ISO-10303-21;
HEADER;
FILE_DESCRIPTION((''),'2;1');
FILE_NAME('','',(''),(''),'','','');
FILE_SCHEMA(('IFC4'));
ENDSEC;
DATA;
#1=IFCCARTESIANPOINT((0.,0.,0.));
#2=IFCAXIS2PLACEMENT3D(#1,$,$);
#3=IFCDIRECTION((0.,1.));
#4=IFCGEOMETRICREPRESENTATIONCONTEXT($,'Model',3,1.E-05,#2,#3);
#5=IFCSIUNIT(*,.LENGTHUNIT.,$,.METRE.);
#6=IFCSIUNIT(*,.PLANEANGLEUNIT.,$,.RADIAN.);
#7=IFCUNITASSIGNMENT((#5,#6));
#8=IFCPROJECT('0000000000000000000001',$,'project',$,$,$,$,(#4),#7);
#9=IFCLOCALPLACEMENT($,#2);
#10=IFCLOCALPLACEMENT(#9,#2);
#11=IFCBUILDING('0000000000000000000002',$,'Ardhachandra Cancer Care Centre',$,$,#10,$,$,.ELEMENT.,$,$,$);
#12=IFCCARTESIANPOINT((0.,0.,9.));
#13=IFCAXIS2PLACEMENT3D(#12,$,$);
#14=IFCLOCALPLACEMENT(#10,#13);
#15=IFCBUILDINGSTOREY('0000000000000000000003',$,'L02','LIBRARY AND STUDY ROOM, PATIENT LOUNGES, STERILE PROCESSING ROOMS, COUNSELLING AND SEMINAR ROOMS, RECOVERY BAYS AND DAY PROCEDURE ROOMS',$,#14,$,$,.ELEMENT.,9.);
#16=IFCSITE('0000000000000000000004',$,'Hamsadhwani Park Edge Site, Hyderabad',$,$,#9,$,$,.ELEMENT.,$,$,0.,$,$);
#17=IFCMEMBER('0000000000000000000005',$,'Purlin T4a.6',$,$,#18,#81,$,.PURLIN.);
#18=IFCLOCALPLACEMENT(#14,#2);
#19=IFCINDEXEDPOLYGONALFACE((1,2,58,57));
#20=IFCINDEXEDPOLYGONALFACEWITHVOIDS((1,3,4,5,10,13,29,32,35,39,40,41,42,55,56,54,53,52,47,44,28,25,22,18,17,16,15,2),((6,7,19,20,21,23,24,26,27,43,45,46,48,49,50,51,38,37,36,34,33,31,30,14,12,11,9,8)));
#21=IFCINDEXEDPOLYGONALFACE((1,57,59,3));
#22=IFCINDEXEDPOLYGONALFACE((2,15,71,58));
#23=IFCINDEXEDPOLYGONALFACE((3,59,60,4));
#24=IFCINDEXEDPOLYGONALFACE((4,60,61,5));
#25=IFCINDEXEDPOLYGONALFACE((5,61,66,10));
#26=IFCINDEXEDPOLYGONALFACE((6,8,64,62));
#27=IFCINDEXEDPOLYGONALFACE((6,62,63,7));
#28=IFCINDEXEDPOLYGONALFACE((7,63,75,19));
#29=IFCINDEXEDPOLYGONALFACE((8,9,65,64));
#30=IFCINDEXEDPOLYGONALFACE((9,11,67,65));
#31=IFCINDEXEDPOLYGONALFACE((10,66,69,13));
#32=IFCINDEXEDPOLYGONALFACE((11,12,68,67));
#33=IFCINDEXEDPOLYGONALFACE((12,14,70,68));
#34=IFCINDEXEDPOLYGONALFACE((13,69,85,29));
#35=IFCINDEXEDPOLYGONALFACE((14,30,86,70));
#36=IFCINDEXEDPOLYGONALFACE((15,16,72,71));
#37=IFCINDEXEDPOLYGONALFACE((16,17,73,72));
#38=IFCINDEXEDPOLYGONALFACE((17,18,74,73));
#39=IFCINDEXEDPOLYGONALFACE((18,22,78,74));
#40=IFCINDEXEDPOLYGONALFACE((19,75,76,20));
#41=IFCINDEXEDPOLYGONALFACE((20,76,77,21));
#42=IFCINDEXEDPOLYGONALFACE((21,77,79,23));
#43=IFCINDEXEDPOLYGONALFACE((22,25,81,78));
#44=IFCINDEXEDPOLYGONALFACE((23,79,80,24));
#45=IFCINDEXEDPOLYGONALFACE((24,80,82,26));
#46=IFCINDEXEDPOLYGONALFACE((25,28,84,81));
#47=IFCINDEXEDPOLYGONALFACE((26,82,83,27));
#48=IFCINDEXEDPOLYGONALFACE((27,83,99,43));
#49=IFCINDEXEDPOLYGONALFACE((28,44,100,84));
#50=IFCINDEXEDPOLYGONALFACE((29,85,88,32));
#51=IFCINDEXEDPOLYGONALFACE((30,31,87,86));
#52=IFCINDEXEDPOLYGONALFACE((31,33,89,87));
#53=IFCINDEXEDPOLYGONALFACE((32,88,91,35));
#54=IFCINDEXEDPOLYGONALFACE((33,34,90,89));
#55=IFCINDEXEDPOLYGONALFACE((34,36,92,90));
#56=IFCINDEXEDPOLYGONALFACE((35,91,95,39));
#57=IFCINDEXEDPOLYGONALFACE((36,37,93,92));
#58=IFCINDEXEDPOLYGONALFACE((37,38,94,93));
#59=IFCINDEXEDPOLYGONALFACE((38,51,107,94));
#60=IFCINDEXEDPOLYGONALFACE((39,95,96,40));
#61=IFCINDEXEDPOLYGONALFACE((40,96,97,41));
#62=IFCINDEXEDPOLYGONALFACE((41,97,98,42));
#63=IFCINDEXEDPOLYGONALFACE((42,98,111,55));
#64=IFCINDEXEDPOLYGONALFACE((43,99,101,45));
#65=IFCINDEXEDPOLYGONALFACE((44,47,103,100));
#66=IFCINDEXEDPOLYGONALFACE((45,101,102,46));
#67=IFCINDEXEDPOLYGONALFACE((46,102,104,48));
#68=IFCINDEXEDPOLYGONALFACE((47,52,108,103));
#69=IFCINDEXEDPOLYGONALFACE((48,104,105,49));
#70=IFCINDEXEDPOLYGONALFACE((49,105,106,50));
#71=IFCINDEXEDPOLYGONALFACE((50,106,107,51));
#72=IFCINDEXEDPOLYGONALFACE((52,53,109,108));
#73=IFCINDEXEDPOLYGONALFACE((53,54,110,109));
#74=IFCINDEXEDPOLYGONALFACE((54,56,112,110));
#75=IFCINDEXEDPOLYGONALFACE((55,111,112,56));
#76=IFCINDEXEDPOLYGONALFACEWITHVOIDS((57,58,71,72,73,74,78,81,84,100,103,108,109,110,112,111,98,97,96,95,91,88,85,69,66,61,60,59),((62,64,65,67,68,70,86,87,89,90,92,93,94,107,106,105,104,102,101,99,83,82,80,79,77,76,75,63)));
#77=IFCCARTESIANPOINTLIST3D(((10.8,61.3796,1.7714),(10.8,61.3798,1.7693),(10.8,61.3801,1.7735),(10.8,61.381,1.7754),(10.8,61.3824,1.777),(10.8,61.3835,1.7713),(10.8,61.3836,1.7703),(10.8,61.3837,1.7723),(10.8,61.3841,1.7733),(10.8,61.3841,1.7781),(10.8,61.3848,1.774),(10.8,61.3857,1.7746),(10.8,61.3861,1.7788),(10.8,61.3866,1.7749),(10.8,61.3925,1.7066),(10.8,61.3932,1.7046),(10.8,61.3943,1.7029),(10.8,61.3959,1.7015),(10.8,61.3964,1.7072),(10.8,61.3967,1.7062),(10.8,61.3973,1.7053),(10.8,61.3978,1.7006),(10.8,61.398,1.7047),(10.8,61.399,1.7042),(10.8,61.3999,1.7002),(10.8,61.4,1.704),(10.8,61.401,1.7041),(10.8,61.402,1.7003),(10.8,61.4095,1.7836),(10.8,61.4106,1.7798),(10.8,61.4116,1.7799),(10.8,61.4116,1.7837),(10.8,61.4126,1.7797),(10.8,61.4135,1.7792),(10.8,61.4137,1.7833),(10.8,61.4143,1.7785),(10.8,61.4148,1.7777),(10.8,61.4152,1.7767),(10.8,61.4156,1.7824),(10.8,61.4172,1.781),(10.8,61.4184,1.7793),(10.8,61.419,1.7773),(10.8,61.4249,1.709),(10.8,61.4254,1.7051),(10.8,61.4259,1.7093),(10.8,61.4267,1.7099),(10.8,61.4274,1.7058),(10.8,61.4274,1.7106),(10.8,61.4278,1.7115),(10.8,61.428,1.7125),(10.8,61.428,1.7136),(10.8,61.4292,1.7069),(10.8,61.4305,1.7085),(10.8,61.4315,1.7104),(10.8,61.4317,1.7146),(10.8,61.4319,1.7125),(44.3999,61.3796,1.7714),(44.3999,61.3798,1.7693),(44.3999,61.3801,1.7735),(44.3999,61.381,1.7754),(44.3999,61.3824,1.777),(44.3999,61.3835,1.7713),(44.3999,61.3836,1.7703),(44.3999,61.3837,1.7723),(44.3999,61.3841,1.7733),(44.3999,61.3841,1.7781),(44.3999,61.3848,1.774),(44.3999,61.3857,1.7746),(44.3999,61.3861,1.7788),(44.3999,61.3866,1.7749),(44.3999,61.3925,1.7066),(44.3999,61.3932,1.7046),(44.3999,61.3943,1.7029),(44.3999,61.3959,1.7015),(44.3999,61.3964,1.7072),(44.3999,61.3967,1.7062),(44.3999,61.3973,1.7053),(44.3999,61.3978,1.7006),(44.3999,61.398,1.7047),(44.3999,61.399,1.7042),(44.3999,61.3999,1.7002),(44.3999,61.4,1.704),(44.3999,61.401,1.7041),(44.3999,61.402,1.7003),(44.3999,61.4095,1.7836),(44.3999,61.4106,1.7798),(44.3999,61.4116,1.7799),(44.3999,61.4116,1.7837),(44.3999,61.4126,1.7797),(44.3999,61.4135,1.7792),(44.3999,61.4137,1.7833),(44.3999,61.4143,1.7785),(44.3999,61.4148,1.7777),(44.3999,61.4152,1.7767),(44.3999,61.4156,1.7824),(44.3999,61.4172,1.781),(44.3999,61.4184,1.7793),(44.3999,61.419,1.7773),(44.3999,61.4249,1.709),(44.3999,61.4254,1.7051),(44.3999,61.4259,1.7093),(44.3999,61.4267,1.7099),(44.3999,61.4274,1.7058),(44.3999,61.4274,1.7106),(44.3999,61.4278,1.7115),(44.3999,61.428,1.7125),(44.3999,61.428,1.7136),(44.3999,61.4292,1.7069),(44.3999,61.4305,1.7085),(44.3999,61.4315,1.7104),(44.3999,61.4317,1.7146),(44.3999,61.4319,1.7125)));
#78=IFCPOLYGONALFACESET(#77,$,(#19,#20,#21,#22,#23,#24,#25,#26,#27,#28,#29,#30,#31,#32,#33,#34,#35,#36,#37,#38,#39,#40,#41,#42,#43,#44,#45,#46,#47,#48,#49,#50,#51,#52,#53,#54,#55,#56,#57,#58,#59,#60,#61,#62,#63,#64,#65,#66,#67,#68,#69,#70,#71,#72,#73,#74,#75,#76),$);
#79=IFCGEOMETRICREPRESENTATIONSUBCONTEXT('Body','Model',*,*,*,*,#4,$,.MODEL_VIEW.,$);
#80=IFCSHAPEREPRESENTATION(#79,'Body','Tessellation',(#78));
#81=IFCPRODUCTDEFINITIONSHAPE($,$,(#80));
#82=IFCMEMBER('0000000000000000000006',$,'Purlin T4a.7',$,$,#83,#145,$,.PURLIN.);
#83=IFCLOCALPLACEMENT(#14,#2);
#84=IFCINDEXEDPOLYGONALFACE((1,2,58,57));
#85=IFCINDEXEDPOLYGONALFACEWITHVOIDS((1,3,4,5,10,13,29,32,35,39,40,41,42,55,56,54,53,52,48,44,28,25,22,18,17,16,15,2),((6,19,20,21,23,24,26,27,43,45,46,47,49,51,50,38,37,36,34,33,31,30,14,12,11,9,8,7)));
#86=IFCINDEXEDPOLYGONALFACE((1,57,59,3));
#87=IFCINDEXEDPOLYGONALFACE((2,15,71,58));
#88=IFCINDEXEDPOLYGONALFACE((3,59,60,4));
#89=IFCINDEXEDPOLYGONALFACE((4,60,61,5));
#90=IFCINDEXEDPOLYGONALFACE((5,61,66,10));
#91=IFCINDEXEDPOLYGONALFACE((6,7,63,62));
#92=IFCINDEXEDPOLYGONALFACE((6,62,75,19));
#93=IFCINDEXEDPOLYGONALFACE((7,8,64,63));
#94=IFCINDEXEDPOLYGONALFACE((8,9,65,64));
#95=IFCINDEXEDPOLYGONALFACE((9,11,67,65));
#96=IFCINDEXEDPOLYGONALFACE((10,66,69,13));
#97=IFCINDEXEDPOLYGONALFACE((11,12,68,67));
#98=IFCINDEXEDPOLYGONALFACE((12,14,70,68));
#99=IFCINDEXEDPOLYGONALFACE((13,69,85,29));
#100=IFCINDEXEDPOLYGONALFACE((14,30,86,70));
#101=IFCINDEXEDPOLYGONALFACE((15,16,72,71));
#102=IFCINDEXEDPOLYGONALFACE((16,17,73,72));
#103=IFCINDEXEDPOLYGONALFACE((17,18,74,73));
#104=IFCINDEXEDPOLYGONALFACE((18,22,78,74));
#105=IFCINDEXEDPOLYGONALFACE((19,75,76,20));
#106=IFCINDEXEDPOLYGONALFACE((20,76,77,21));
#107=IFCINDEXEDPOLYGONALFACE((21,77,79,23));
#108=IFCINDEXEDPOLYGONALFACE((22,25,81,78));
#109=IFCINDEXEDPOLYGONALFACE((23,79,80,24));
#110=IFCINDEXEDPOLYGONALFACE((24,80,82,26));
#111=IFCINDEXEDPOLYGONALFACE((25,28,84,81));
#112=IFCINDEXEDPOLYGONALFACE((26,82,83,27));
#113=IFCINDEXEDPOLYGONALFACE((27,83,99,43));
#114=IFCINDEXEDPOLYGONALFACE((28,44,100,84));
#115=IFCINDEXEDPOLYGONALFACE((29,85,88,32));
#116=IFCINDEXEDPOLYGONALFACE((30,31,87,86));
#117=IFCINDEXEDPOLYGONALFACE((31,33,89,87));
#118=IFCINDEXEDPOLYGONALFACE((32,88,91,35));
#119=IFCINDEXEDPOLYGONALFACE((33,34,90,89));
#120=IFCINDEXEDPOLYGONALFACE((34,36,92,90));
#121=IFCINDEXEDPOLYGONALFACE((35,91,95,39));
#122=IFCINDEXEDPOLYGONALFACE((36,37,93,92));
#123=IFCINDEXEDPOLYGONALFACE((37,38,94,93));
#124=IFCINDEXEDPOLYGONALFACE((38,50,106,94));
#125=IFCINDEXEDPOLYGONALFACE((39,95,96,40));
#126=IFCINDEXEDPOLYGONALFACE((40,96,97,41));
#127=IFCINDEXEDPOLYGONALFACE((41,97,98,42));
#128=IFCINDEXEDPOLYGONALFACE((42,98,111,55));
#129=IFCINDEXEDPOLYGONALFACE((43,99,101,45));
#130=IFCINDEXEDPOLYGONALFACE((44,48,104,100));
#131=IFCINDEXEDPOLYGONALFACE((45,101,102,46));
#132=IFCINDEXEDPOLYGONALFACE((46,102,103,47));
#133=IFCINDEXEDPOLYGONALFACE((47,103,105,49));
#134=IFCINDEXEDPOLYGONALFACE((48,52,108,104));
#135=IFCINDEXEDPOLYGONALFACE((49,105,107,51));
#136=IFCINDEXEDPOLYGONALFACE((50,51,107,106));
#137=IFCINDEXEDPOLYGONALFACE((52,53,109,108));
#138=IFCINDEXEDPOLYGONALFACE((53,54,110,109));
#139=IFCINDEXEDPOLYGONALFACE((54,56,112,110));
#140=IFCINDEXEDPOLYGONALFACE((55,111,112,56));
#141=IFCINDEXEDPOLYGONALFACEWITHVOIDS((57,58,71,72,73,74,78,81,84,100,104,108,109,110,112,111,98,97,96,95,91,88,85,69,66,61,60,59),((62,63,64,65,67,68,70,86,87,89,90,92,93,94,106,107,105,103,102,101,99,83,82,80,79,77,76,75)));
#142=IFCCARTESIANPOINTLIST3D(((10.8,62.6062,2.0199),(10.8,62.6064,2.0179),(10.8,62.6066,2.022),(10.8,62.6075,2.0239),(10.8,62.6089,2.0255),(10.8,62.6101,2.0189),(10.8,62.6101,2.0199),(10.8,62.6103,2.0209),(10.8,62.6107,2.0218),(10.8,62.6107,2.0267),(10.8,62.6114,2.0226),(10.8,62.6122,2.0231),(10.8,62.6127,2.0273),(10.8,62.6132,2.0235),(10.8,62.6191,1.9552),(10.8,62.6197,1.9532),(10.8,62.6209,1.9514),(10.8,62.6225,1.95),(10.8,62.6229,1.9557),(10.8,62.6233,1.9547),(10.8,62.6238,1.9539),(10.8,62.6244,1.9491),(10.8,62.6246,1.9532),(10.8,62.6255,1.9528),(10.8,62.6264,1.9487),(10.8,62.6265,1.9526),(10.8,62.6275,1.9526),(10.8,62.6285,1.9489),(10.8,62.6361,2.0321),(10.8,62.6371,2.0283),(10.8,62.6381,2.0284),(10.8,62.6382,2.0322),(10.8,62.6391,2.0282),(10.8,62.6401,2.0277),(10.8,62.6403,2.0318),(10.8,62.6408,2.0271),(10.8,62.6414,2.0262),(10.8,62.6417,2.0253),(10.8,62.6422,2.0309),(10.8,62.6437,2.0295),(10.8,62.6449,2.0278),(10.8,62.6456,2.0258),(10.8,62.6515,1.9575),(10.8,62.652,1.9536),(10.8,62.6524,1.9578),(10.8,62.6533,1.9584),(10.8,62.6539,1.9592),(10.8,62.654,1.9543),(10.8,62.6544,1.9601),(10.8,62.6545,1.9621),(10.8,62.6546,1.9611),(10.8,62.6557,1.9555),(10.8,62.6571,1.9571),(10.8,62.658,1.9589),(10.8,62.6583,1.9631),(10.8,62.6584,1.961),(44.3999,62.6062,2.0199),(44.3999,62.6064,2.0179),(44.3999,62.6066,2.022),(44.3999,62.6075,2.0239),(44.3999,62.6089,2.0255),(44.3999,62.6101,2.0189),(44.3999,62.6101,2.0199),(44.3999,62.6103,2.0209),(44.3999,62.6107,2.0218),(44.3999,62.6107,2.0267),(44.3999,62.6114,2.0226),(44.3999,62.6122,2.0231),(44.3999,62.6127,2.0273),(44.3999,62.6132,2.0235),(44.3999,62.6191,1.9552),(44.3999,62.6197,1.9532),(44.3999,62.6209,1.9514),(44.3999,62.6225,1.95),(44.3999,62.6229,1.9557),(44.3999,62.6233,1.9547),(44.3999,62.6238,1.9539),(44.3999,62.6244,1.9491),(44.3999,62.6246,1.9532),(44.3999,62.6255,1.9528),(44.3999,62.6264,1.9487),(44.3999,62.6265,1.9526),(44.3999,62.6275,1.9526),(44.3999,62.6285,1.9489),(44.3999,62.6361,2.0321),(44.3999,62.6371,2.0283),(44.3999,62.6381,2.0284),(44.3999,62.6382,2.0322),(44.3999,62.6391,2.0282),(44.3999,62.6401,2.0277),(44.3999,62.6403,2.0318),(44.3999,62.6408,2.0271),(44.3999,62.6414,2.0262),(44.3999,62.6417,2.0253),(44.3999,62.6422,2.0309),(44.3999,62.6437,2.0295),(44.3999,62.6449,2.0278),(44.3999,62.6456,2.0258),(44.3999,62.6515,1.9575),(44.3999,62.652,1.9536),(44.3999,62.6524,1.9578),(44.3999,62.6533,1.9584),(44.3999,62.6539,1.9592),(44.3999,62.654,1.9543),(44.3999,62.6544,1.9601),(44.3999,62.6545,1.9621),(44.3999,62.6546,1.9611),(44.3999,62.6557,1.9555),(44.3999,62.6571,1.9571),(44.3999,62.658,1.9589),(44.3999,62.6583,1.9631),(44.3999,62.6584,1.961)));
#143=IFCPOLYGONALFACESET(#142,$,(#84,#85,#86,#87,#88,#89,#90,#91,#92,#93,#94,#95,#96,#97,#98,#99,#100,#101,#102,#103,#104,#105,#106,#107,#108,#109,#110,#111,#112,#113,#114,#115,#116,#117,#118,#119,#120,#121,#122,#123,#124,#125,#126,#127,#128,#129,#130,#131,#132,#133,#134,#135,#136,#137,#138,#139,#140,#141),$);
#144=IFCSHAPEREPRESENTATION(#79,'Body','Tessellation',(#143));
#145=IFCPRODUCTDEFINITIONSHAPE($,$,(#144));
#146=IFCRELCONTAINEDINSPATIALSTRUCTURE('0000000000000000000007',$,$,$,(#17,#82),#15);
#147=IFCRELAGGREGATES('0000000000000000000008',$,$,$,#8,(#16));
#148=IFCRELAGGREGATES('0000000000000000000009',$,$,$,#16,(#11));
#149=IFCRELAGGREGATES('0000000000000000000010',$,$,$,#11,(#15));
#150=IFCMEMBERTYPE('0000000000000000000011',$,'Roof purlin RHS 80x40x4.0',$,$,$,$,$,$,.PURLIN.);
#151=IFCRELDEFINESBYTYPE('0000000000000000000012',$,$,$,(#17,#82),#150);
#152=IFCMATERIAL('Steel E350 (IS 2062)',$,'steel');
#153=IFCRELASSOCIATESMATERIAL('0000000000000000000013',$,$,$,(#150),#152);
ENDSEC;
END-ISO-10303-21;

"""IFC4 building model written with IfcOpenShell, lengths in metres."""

from ifc_helpers import new_model, si_unit, direction, frame, origin, origin_2d, place, context, subcontext, project, spatial, hollow_rectangle, extrude, material, material_profile, profile_set, type_object, element, save


model = new_model("IFC4")

# Units and contexts
model_context = context("Model", 3, precision=1e-05, world=origin(), true_north=direction((0.0, 1.0)))
body_context = subcontext(model_context, "Body", "Model", "MODEL_VIEW")
ifc_project = project(units=[si_unit("LENGTHUNIT", "METRE"), si_unit("PLANEANGLEUNIT", "RADIAN")], contexts=[model_context])

# Site, building, storey
site_placement = place(None, origin())
site = spatial("IfcSite", under=ifc_project, at=site_placement, Name="Hamsadhwani Park Edge Site, Hyderabad", CompositionType="ELEMENT", RefElevation=0.0)
building_placement = place(site_placement, origin())
building = spatial("IfcBuilding", under=site, at=building_placement, Name="Ardhachandra Cancer Care Centre", CompositionType="ELEMENT")
storey_placement = place(building_placement, frame((0.0, 0.0, 9.0)))
storey = spatial("IfcBuildingStorey", under=building, at=storey_placement, Name="L02", Description="LIBRARY AND STUDY ROOM, PATIENT LOUNGES, STERILE PROCESSING ROOMS, COUNSELLING AND SEMINAR ROOMS, RECOVERY BAYS AND DAY PROCEDURE ROOMS", CompositionType="ELEMENT", Elevation=9.0)

# Members
ifc_material_1 = material(Name="Steel E350 (IS 2062)", Category="steel")
ifc_material_profile_1 = material_profile(ifc_material_1, hollow_rectangle(XDim=0.04, YDim=0.0801, WallThickness=0.0039, InnerFilletRadius=0.0039, OuterFilletRadius=0.0081, at=origin_2d()), Name="RHS 80x40x4.0")
ifc_profile_set_1 = profile_set([ifc_material_profile_1], Name="Steel E350 (IS 2062)")
member_type_1 = type_object("IfcMemberType", Name="Roof purlin RHS 80x40x4.0", PredefinedType="PURLIN", material=ifc_profile_set_1)
for number, where, z_axis, x_axis, name in (
    (1, (10.8, 61.4058, 1.7419), (1.0, 0.0, 0.0), (0.0, 0.980107, 0.198472), "Purlin T4a.6"),
    (2, (10.8, 62.6323, 1.9905), (1.0, 0.0, 0.0), (0.0, 0.980107, 0.198472), "Purlin T4a.7"),
):
    element("IfcMember", number, at=place(storey_placement, frame(where, z_axis=z_axis, x_axis=x_axis)), inside=storey, type_object=member_type_1, Name=name, PredefinedType="PURLIN", context=body_context, shape_type="SweptSolid", body=[
        extrude(hollow_rectangle(XDim=0.04, YDim=0.0801, WallThickness=0.0039, InnerFilletRadius=0.0039, OuterFilletRadius=0.0081, at=origin_2d()), origin(), (0.0, 0.0, 1.0), 33.5999),
    ])

save(model, "model.ifc")
